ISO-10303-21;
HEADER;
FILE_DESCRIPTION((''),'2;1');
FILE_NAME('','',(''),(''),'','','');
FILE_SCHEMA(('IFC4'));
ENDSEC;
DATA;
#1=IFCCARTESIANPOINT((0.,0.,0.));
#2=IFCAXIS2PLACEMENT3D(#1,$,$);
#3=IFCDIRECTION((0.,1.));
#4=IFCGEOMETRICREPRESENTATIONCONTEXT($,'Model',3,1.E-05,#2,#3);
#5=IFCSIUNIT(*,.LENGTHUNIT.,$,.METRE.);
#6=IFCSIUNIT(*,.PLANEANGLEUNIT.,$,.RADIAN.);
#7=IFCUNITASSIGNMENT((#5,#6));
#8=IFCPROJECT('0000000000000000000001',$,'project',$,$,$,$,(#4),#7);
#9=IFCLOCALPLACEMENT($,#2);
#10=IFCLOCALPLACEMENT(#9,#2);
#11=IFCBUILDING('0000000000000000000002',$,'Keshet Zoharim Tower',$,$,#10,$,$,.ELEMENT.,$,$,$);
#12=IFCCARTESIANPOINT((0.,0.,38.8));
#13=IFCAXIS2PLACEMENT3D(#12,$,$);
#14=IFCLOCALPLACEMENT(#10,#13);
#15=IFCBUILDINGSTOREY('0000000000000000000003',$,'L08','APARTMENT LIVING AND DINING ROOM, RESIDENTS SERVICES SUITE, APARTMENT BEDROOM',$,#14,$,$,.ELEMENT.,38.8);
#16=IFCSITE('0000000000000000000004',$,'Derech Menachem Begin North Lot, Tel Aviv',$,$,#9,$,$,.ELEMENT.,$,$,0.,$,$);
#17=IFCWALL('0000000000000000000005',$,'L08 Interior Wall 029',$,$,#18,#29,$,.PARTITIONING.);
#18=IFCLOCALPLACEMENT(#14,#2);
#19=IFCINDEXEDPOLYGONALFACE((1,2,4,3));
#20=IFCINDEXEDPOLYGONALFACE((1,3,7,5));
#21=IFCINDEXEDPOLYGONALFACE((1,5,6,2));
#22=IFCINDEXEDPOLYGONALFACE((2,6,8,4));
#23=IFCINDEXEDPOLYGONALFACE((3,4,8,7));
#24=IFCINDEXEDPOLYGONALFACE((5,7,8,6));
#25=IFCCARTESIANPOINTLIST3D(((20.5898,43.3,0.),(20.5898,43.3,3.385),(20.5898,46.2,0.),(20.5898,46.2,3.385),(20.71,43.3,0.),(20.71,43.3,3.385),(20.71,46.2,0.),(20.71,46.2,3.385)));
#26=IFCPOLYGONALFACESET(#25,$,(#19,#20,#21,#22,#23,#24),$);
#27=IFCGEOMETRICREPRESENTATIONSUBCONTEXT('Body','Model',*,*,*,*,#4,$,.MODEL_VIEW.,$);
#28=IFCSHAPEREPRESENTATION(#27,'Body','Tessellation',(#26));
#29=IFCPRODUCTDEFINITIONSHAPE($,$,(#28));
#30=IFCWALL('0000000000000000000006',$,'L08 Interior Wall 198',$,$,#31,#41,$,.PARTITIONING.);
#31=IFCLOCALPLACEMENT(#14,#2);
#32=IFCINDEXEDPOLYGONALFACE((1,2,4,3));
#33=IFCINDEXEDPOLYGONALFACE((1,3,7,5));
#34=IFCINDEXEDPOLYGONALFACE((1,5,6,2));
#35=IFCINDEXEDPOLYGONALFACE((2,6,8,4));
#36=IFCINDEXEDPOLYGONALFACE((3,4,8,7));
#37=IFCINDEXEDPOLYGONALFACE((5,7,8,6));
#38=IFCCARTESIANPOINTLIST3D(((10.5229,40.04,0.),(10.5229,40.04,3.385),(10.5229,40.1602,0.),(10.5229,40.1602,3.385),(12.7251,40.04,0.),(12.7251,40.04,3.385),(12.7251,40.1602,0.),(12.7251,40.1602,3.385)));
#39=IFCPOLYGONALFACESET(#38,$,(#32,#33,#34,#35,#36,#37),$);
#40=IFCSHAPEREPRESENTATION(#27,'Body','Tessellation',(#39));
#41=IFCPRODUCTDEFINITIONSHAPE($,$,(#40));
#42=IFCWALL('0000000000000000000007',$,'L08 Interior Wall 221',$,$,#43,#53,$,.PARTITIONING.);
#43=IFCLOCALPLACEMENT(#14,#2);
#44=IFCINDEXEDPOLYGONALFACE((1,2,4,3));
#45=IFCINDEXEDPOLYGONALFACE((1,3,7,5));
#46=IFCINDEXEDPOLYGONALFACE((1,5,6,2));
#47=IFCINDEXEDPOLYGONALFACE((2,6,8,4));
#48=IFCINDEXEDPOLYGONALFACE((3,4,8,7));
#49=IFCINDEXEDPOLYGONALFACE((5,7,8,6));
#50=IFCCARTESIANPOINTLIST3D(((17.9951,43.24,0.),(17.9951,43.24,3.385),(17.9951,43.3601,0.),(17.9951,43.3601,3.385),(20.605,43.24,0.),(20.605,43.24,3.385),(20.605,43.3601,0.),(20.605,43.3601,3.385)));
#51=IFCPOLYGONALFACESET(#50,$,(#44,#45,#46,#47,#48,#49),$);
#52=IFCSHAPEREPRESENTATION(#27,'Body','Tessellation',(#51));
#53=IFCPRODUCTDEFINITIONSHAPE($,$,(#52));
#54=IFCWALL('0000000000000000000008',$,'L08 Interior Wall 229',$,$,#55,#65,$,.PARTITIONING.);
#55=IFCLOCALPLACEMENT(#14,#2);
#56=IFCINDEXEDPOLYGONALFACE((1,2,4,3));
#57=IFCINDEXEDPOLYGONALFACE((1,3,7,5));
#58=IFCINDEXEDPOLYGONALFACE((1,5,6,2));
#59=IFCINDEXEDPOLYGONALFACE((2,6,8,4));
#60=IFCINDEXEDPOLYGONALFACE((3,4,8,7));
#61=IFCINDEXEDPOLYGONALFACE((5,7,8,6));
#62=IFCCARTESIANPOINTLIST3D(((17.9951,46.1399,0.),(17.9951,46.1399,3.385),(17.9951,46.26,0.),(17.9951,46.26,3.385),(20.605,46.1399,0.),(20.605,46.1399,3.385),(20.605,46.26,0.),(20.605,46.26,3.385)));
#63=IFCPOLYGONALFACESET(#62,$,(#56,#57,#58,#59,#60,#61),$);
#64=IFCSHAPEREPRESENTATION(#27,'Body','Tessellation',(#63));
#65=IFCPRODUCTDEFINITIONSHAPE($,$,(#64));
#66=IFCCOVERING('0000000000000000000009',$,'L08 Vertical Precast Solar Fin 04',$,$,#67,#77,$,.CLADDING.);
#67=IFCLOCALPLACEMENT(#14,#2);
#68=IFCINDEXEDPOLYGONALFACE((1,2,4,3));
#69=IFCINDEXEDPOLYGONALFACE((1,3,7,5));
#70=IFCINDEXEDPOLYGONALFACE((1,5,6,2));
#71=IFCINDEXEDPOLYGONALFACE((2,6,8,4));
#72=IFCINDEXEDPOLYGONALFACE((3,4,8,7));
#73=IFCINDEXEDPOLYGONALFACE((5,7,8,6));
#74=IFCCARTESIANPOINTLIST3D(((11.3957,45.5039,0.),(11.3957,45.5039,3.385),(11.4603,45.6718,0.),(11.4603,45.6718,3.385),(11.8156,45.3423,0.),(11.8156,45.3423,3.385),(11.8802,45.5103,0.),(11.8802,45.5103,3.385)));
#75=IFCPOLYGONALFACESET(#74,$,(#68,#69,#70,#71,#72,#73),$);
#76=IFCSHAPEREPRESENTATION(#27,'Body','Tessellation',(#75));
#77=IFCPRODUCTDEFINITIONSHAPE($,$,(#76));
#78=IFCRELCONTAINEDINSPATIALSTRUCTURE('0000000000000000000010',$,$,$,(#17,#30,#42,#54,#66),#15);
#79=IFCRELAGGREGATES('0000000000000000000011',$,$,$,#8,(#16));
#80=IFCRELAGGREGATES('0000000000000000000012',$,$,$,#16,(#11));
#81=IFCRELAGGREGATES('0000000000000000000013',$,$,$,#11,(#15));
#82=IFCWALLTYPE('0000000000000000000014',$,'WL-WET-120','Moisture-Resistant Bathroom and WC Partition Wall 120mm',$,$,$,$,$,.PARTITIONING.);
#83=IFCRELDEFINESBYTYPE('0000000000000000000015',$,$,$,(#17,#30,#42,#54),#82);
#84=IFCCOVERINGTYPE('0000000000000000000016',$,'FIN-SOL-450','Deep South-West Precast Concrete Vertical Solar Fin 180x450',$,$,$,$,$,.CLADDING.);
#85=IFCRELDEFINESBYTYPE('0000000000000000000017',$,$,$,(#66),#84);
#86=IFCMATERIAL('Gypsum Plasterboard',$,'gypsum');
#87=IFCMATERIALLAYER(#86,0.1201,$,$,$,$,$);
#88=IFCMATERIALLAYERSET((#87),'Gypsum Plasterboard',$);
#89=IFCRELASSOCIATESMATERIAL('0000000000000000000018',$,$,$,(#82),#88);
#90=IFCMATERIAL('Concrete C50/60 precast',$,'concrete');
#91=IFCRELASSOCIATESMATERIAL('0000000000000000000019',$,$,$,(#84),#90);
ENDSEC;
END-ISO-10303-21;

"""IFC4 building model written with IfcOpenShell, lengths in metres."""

from ifc_helpers import new_model, si_unit, direction, frame, frame_2d, origin, origin_2d, place, context, subcontext, project, spatial, rectangle, extrude, material, layer, layer_set, type_object, element, save


model = new_model("IFC4")

# Units and contexts
model_context = context("Model", 3, precision=1e-05, world=origin(), true_north=direction((0.0, 1.0)))
body_context = subcontext(model_context, "Body", "Model", "MODEL_VIEW")
ifc_project = project(units=[si_unit("LENGTHUNIT", "METRE"), si_unit("PLANEANGLEUNIT", "RADIAN")], contexts=[model_context])

# Site, building, storey
site_placement = place(None, origin())
site = spatial("IfcSite", under=ifc_project, at=site_placement, Name="Derech Menachem Begin North Lot, Tel Aviv", CompositionType="ELEMENT", RefElevation=0.0)
building_placement = place(site_placement, origin())
building = spatial("IfcBuilding", under=site, at=building_placement, Name="Keshet Zoharim Tower", CompositionType="ELEMENT")
storey_placement = place(building_placement, frame((0.0, 0.0, 38.8)))
storey = spatial("IfcBuildingStorey", under=building, at=storey_placement, Name="L08", Description="APARTMENT LIVING AND DINING ROOM, RESIDENTS SERVICES SUITE, APARTMENT BEDROOM", CompositionType="ELEMENT", Elevation=38.8)

# Shared definitions
ifc_material_1 = material(Name="Gypsum Plasterboard", Category="gypsum")

# Shared definitions
ifc_layer_1 = layer(ifc_material_1, 0.1201)
ifc_layer_set_1 = layer_set([ifc_layer_1], Name="Gypsum Plasterboard")
wall_type_1 = type_object("IfcWallType", Name="WL-WET-120", Description="Moisture-Resistant Bathroom and WC Partition Wall 120mm", PredefinedType="PARTITIONING", material=ifc_layer_set_1)

# Walls
wall_1_placement = place(storey_placement, frame((20.6499, 43.3, 0.0), z_axis=(0.0, 0.0, 1.0), x_axis=(0.0, 1.0, 0.0)))
element("IfcWall", 1, at=wall_1_placement, inside=storey, type_object=wall_type_1, Name="L08 Interior Wall 029", PredefinedType="PARTITIONING", context=body_context, shape_type="SweptSolid", body=[
    extrude(rectangle(XDim=2.8999, YDim=0.1201, at=frame_2d((1.45, 0.0))), origin(), (0.0, 0.0, 1.0), 3.385),
])
wall_2_placement = place(storey_placement, frame((10.5229, 40.1001, 0.0), z_axis=(0.0, 0.0, 1.0), x_axis=(1.0, 0.0, 0.0)))
element("IfcWall", 2, at=wall_2_placement, inside=storey, type_object=wall_type_1, Name="L08 Interior Wall 198", PredefinedType="PARTITIONING", context=body_context, shape_type="SweptSolid", body=[
    extrude(rectangle(XDim=2.2021, YDim=0.1201, at=frame_2d((1.1011, 0.0))), origin(), (0.0, 0.0, 1.0), 3.385),
])
for number, where, z_axis, x_axis, name in (
    (3, (17.9951, 43.3, 0.0), (0.0, 0.0, 1.0), (1.0, 0.0, 0.0), "L08 Interior Wall 221"),
    (4, (17.9951, 46.2, 0.0), (0.0, 0.0, 1.0), (1.0, 0.0, 0.0), "L08 Interior Wall 229"),
):
    element("IfcWall", number, at=place(storey_placement, frame(where, z_axis=z_axis, x_axis=x_axis)), inside=storey, type_object=wall_type_1, Name=name, PredefinedType="PARTITIONING", context=body_context, shape_type="SweptSolid", body=[
        extrude(rectangle(XDim=2.6099, YDim=0.1201, at=frame_2d((1.3049, 0.0))), origin(), (0.0, 0.0, 1.0), 3.385),
    ])

# Covering
ifc_material_2 = material(Name="Concrete C50/60 precast", Category="concrete")
covering_type = type_object("IfcCoveringType", Name="FIN-SOL-450", Description="Deep South-West Precast Concrete Vertical Solar Fin 180x450", PredefinedType="CLADDING", material=ifc_material_2)
covering_placement = place(storey_placement, frame((11.6379, 45.5071, 0.0), z_axis=(0.0, 0.0, 1.0), x_axis=(0.35899, 0.933341, 0.0)))
element("IfcCovering", 5, at=covering_placement, inside=storey, type_object=covering_type, Name="L08 Vertical Precast Solar Fin 04", PredefinedType="CLADDING", context=body_context, shape_type="SweptSolid", body=[
    extrude(rectangle(XDim=0.1799, YDim=0.45, at=origin_2d()), origin(), (0.0, 0.0, 1.0), 3.385),
])

save(model, "model.ifc")
